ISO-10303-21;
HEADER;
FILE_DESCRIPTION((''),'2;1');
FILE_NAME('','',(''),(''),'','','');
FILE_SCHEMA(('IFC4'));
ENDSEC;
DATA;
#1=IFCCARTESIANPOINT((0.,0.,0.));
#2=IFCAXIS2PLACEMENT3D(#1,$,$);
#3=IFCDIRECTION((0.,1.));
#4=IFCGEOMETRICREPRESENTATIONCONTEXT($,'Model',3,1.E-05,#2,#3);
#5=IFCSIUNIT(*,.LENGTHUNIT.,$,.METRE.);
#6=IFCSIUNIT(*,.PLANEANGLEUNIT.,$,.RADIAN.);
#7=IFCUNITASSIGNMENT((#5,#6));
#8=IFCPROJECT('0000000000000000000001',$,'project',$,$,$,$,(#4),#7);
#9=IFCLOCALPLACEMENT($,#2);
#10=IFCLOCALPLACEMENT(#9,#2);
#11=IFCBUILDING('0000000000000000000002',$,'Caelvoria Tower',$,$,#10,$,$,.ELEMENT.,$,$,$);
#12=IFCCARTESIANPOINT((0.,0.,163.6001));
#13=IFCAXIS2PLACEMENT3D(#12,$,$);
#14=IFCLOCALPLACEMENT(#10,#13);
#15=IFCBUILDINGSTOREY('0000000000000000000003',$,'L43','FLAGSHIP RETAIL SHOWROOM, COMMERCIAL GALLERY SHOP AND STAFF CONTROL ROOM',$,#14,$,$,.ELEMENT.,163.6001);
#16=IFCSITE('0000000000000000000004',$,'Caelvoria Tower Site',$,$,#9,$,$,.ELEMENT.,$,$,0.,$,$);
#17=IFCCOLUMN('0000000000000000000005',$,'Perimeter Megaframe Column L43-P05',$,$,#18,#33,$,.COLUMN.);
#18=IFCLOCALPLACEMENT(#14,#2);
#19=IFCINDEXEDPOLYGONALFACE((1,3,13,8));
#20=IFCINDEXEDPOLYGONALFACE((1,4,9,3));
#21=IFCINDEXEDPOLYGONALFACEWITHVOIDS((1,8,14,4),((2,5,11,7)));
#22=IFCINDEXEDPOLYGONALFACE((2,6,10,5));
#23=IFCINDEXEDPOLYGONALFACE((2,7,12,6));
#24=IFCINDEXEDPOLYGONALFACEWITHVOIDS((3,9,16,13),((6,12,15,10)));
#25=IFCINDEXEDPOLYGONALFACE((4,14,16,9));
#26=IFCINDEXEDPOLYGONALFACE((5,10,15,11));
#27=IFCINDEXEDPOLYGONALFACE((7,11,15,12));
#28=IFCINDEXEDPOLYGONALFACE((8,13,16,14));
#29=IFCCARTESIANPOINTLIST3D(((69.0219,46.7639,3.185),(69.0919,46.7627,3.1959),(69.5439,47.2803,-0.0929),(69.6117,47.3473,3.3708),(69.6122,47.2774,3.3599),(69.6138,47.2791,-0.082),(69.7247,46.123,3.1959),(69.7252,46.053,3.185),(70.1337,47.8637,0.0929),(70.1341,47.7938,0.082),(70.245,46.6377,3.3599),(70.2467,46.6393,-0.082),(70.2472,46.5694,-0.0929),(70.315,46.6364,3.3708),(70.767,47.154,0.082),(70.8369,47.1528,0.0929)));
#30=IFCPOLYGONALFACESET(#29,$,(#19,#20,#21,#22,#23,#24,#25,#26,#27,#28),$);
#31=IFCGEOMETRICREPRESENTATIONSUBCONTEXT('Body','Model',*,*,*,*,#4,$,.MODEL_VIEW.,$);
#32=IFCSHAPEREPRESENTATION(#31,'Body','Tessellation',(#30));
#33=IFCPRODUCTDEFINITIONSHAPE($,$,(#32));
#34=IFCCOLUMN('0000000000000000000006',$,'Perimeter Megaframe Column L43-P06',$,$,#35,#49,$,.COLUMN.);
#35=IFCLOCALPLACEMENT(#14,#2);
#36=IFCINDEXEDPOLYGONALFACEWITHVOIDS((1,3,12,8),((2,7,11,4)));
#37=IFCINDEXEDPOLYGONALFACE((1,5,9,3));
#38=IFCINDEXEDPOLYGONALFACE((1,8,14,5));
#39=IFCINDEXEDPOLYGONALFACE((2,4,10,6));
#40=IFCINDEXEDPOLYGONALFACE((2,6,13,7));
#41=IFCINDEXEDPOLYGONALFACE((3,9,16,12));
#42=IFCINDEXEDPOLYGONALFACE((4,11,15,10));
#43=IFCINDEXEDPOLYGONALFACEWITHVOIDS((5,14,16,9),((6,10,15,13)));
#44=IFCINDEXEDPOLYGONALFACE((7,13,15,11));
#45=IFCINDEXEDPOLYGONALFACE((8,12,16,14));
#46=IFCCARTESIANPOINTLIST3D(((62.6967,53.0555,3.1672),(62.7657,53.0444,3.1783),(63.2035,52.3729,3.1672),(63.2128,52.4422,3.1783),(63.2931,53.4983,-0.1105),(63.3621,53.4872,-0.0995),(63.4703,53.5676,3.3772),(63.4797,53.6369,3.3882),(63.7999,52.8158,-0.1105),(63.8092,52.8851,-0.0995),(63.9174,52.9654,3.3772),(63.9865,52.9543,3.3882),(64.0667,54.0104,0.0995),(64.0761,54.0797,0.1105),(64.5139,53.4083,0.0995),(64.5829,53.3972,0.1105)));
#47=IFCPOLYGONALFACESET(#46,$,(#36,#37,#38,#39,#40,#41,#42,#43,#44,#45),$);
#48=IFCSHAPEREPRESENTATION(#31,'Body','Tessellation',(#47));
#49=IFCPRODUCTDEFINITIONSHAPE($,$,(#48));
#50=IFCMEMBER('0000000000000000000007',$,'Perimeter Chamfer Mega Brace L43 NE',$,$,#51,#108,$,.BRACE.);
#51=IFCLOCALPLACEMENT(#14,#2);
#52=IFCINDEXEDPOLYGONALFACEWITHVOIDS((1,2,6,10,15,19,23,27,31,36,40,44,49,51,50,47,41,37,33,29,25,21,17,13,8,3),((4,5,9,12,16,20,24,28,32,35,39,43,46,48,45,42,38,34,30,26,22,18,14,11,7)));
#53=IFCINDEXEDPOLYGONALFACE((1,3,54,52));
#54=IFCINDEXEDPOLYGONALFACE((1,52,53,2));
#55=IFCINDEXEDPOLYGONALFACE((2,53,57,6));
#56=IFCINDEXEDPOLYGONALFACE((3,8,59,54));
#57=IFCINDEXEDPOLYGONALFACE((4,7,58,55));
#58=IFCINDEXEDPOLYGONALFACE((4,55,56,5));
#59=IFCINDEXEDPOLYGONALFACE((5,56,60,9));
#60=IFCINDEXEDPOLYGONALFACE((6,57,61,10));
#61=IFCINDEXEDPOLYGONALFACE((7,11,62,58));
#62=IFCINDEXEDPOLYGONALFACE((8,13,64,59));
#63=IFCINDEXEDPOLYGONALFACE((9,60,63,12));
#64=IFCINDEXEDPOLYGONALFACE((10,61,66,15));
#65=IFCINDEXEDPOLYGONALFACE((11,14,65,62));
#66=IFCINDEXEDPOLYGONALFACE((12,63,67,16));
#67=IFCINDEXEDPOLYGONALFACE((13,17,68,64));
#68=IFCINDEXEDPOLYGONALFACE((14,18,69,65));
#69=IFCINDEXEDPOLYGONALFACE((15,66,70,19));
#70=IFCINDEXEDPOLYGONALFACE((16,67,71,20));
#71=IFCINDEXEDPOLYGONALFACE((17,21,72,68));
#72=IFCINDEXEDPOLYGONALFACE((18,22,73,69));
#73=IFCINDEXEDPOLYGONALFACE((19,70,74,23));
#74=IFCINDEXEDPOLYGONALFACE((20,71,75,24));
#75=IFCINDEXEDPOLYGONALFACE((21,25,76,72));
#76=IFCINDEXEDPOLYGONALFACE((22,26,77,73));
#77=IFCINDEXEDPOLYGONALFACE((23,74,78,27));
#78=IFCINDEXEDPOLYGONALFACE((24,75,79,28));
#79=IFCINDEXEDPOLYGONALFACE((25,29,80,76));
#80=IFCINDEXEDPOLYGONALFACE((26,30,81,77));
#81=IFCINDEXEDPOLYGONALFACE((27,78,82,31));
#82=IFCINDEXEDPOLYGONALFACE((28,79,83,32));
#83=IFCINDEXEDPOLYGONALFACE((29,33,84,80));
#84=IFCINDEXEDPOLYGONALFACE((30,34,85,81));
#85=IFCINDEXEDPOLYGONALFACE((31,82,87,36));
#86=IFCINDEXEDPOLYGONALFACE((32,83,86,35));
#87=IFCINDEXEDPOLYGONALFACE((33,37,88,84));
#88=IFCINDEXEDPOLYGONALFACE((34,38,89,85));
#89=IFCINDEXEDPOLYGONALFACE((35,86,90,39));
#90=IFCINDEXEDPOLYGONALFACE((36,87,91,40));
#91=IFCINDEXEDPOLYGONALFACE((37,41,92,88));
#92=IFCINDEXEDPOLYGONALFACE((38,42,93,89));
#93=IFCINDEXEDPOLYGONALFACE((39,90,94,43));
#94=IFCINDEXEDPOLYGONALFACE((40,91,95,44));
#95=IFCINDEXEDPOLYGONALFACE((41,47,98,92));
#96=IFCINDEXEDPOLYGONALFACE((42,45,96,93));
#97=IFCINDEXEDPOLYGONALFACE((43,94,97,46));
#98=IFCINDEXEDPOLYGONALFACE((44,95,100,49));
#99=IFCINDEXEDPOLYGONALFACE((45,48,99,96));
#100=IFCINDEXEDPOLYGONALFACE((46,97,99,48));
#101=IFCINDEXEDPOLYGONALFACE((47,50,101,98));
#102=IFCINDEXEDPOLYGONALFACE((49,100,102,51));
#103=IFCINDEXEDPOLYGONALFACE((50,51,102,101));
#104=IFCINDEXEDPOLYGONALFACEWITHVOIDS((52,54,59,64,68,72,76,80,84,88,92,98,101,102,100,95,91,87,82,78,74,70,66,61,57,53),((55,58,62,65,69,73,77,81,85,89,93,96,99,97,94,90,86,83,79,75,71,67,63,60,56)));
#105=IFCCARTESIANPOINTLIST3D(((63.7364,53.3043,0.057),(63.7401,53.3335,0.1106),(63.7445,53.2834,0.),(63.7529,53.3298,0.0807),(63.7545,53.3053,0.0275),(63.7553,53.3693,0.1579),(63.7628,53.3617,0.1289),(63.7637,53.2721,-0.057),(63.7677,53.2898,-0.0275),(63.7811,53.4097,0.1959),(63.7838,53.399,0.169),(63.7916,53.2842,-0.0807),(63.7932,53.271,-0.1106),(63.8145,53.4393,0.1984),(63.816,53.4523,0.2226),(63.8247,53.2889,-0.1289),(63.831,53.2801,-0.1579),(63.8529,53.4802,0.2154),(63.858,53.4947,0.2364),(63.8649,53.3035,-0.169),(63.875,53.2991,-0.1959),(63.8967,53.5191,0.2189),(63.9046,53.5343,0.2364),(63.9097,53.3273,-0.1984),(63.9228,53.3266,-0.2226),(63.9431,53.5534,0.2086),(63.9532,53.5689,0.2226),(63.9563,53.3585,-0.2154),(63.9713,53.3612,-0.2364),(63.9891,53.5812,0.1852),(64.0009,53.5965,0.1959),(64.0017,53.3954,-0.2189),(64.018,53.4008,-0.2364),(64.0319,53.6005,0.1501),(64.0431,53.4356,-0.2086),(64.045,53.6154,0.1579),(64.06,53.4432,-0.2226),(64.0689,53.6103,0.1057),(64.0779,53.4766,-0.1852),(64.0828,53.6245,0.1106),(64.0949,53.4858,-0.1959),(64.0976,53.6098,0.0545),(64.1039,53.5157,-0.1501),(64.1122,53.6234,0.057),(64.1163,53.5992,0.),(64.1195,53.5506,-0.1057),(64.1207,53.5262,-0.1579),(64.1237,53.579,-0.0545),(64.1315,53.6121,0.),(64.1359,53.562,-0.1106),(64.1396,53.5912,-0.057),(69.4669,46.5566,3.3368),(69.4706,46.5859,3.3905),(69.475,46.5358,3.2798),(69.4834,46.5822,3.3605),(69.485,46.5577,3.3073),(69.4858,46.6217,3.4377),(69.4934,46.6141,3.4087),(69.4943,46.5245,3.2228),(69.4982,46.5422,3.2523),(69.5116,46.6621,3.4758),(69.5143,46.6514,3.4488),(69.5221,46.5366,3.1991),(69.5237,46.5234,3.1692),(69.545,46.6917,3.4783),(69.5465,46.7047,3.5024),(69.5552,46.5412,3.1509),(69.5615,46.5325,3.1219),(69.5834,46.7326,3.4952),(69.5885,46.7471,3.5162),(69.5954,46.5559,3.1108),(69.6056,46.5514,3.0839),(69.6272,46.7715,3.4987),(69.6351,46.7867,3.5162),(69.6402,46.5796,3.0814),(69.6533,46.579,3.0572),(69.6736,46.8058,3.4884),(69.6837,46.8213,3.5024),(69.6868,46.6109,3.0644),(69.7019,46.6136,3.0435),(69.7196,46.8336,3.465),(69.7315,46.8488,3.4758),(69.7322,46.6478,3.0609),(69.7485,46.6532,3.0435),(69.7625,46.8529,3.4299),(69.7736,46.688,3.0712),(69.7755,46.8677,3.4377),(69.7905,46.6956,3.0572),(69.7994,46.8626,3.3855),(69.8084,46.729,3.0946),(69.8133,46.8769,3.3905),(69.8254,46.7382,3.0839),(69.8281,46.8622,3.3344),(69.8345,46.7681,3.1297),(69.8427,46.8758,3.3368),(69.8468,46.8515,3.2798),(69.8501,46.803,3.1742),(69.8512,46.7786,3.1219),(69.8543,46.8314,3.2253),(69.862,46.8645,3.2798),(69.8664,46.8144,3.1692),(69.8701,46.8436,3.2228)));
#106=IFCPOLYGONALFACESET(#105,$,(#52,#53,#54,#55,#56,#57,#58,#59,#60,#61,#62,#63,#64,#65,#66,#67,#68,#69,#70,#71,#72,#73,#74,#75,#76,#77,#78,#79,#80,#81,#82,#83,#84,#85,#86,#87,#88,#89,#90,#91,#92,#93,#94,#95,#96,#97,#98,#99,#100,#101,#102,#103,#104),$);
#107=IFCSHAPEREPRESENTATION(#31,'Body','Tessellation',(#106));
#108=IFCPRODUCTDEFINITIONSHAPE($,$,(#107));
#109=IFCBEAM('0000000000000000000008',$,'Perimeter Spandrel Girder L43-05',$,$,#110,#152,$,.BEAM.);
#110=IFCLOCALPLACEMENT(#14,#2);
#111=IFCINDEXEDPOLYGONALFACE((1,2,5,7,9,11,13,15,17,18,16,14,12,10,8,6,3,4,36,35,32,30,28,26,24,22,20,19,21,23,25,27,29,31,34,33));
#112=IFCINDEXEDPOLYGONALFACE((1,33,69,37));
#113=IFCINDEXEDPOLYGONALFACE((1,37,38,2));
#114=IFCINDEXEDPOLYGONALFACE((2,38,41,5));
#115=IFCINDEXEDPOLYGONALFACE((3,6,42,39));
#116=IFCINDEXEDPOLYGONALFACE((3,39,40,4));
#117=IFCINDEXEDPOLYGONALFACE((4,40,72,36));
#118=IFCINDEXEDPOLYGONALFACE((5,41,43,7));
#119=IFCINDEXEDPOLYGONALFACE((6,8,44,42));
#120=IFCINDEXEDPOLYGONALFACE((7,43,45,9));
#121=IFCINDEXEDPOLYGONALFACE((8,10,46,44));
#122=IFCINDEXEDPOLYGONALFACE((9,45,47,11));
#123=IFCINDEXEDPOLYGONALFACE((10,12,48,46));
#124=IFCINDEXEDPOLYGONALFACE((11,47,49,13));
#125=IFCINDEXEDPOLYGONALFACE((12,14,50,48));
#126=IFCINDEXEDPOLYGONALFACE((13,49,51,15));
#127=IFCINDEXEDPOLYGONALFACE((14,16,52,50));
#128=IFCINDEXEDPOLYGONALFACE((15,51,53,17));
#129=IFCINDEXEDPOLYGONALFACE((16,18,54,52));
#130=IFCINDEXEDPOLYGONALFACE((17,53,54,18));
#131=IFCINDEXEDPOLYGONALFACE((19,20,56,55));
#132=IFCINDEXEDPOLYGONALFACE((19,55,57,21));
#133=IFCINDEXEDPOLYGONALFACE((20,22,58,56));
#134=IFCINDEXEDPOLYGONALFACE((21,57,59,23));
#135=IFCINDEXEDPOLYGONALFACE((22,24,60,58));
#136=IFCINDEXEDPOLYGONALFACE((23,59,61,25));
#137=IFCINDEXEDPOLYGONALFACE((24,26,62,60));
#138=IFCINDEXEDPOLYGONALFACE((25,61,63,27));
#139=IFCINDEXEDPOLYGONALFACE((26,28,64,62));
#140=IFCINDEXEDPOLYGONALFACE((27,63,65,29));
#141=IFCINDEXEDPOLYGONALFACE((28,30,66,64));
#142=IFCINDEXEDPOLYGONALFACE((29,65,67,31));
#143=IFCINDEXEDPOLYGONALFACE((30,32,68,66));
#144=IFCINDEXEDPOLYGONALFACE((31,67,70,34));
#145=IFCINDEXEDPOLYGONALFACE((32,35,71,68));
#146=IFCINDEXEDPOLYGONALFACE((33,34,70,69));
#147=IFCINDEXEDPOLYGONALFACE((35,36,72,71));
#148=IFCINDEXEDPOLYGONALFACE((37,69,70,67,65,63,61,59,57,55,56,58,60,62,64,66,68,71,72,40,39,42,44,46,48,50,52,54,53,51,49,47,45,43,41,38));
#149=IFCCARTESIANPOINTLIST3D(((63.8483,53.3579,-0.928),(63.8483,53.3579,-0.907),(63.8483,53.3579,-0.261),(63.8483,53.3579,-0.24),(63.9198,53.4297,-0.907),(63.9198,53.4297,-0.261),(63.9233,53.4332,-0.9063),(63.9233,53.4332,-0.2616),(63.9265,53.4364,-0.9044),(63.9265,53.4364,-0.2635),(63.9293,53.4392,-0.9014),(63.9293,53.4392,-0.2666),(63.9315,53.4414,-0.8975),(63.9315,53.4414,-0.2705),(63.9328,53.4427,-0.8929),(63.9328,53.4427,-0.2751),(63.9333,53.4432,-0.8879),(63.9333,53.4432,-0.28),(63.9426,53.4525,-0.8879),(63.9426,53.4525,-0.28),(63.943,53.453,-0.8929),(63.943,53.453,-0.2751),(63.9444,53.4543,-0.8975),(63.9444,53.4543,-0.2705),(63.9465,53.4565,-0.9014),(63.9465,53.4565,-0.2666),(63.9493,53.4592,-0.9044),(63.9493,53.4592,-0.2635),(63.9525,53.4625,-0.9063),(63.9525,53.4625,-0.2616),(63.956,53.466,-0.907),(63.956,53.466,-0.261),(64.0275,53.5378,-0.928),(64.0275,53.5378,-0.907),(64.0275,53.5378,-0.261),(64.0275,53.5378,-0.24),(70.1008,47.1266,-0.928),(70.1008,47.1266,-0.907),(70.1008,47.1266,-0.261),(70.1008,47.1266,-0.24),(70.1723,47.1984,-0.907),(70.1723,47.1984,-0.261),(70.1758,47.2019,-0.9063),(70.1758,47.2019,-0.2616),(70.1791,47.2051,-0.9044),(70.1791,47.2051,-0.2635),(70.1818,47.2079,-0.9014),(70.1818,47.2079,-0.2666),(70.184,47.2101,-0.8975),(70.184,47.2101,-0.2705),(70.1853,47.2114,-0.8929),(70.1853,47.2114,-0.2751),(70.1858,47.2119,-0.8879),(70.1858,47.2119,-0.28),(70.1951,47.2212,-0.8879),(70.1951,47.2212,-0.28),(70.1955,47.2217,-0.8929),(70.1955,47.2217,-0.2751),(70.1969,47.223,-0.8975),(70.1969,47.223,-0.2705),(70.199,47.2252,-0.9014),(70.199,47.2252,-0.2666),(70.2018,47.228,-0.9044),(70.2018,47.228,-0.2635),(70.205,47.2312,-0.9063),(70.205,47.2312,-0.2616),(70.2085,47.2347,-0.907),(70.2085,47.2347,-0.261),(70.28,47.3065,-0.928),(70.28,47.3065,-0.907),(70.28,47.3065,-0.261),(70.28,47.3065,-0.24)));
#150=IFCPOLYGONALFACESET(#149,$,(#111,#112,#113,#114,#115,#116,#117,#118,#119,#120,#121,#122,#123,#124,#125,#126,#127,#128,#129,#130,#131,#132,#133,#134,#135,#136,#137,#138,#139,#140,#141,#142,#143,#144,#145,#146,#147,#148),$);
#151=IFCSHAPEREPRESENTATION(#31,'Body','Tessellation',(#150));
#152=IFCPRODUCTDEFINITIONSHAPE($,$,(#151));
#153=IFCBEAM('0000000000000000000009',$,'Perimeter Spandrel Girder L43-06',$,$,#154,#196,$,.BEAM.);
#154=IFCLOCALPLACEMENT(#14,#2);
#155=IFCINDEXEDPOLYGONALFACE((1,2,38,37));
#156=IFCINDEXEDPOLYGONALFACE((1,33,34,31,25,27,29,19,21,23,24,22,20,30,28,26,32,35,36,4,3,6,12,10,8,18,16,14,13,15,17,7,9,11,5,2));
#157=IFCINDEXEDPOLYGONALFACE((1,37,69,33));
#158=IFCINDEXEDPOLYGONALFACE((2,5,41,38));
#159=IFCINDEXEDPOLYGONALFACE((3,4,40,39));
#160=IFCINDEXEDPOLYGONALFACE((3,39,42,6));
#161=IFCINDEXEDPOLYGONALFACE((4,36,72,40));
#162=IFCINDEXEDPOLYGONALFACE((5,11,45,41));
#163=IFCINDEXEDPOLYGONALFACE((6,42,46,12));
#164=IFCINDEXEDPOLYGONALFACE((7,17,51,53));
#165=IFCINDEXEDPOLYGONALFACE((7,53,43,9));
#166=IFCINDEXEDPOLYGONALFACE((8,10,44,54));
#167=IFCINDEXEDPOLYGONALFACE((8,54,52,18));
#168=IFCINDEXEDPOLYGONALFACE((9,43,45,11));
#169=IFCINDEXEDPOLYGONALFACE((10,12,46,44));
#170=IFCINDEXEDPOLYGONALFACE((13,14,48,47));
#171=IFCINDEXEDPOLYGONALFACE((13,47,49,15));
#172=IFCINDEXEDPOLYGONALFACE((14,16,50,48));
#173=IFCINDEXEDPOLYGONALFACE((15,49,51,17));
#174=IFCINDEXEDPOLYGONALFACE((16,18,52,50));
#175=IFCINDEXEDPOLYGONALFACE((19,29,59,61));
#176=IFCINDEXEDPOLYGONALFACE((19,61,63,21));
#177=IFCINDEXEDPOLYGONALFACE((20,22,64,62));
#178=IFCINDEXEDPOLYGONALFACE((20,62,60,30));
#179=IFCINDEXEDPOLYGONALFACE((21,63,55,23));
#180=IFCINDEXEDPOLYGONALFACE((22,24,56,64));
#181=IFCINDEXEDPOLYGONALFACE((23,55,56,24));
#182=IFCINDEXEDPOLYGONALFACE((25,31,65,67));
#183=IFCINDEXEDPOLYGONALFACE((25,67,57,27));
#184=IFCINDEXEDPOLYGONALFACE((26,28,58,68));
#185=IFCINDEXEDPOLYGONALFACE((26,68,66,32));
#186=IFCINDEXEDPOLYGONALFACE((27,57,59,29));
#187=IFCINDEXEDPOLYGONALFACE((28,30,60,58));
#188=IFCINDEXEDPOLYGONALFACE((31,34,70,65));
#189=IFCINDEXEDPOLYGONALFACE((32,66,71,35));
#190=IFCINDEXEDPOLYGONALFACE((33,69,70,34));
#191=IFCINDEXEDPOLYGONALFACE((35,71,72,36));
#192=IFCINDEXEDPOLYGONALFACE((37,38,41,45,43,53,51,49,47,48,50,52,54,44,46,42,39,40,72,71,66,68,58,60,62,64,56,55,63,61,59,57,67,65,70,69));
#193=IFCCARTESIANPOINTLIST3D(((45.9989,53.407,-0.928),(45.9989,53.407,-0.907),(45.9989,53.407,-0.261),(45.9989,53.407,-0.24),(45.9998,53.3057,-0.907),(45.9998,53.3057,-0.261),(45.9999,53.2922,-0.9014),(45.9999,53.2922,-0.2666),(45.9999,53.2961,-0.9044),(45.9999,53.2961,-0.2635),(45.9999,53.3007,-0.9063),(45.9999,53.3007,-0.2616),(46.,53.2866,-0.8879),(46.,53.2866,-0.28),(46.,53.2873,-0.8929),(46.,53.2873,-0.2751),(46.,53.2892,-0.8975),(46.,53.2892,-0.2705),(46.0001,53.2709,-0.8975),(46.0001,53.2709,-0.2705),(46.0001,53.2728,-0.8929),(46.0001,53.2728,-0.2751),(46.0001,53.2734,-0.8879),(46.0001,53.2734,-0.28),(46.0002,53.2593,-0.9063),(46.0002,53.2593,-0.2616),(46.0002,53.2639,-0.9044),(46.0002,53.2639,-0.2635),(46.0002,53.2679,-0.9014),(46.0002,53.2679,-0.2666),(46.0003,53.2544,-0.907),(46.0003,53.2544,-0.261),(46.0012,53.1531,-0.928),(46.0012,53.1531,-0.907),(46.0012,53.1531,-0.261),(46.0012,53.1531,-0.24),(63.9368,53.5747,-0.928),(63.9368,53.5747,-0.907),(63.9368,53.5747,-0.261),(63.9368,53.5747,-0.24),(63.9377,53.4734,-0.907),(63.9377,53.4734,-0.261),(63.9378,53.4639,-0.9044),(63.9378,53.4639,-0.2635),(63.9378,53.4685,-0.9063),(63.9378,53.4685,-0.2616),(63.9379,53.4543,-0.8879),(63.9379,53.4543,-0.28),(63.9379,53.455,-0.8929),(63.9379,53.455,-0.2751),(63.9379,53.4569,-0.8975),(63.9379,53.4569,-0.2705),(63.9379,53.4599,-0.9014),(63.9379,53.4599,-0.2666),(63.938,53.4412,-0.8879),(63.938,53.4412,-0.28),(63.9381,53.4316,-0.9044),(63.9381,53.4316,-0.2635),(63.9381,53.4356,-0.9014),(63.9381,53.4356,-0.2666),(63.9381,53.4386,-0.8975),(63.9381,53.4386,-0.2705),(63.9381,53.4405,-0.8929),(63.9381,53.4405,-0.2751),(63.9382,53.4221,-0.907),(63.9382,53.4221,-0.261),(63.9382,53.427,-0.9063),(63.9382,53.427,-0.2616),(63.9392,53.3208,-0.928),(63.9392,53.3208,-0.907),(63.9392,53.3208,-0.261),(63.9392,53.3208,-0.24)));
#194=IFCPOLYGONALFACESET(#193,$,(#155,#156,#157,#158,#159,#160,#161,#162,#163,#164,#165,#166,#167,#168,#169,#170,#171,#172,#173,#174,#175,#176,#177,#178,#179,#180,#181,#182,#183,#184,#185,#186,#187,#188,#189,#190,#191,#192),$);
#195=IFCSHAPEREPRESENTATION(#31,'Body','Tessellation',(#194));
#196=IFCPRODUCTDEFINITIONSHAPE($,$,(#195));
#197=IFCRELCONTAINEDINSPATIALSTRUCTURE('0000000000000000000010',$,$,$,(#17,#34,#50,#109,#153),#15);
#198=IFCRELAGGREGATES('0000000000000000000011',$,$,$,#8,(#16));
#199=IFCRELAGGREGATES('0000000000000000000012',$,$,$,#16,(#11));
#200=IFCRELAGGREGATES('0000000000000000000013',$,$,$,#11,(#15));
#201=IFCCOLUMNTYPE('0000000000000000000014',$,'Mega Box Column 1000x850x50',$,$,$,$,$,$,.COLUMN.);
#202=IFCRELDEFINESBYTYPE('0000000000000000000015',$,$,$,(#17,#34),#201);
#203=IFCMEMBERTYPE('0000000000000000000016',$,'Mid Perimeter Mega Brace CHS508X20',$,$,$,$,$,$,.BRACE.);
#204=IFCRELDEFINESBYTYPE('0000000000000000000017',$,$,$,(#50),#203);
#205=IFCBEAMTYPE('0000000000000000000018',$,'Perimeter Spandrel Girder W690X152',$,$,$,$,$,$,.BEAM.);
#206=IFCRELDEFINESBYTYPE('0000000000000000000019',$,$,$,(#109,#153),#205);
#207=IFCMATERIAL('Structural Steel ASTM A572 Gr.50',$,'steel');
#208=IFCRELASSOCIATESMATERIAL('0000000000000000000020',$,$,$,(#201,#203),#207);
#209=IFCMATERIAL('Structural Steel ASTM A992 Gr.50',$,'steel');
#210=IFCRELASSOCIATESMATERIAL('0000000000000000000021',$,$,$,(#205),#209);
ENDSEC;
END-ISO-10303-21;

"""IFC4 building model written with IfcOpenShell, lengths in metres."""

from ifc_helpers import new_model, si_unit, direction, frame, origin, origin_2d, place, context, subcontext, project, spatial, hollow_rectangle, hollow_circle, i_section, extrude, material, material_profile, profile_set, type_object, element, save


model = new_model("IFC4")

# Units and contexts
model_context = context("Model", 3, precision=1e-05, world=origin(), true_north=direction((0.0, 1.0)))
body_context = subcontext(model_context, "Body", "Model", "MODEL_VIEW")
ifc_project = project(units=[si_unit("LENGTHUNIT", "METRE"), si_unit("PLANEANGLEUNIT", "RADIAN")], contexts=[model_context])

# Site, building, storey
site_placement = place(None, origin())
site = spatial("IfcSite", under=ifc_project, at=site_placement, Name="Caelvoria Tower Site", CompositionType="ELEMENT", RefElevation=0.0)
building_placement = place(site_placement, origin())
building = spatial("IfcBuilding", under=site, at=building_placement, Name="Caelvoria Tower", CompositionType="ELEMENT")
storey_placement = place(building_placement, frame((0.0, 0.0, 163.6001)))
storey = spatial("IfcBuildingStorey", under=building, at=storey_placement, Name="L43", Description="FLAGSHIP RETAIL SHOWROOM, COMMERCIAL GALLERY SHOP AND STAFF CONTROL ROOM", CompositionType="ELEMENT", Elevation=163.6001)

# Columns
ifc_material_1 = material(Name="Structural Steel ASTM A572 Gr.50", Category="steel")
ifc_material_profile_1 = material_profile(ifc_material_1, hollow_rectangle(XDim=0.8501, YDim=1.0, WallThickness=0.05, at=origin_2d()), Name="Structural Steel ASTM A572 Gr.50")
ifc_profile_set_1 = profile_set([ifc_material_profile_1], Name="BOX1000X850X50 - Structural Steel ASTM A572 Gr.50")
column_type = type_object("IfcColumnType", Name="Mega Box Column 1000x850x50", PredefinedType="COLUMN", material=ifc_profile_set_1)
column_1_placement = place(storey_placement, frame((70.1904, 47.2166, 0.0), z_axis=(-0.155393, -0.153721, 0.975819), x_axis=(0.69373, 0.686267, 0.218579)))
element("IfcColumn", 1, at=column_1_placement, inside=storey, type_object=column_type, Name="Perimeter Megaframe Column L43-P05", PredefinedType="COLUMN", context=body_context, shape_type="SweptSolid", body=[
    extrude(hollow_rectangle(XDim=0.8501, YDim=1.0, WallThickness=0.05, at=origin_2d()), origin(), (0.0, 0.0, 1.0), 3.3591),
])
column_2_placement = place(storey_placement, frame((63.938, 53.4478, 0.0), z_axis=(-0.17746, -0.131769, 0.975267), x_axis=(0.596155, -0.80287, 0.0)))
element("IfcColumn", 2, at=column_2_placement, inside=storey, type_object=column_type, Name="Perimeter Megaframe Column L43-P06", PredefinedType="COLUMN", context=body_context, shape_type="SweptSolid", body=[
    extrude(hollow_rectangle(XDim=0.8501, YDim=1.0, WallThickness=0.05, at=origin_2d()), origin(), (0.0, 0.0, 1.0), 3.3608),
])

# Member
ifc_material_profile_2 = material_profile(ifc_material_1, hollow_circle(Radius=0.2539, WallThickness=0.02, at=origin_2d()), Name="Structural Steel ASTM A572 Gr.50")
ifc_profile_set_2 = profile_set([ifc_material_profile_2], Name="CHS508X20 - Structural Steel ASTM A572 Gr.50")
member_type = type_object("IfcMemberType", Name="Mid Perimeter Mega Brace CHS508X20", PredefinedType="BRACE", material=ifc_profile_set_2)
member_placement = place(storey_placement, frame((63.938, 53.4478, 0.0), z_axis=(0.607003, -0.714739, 0.347413), x_axis=(0.762216, 0.647323, 0.0)))
element("IfcMember", 3, at=member_placement, inside=storey, type_object=member_type, Name="Perimeter Chamfer Mega Brace L43 NE", PredefinedType="BRACE", context=body_context, shape_type="SweptSolid", body=[
    extrude(hollow_circle(Radius=0.2539, WallThickness=0.02, at=origin_2d()), origin(), (0.0, 0.0, 1.0), 9.4407),
])

# Beams
ifc_material_2 = material(Name="Structural Steel ASTM A992 Gr.50", Category="steel")
ifc_material_profile_3 = material_profile(ifc_material_2, i_section(OverallWidth=0.2539, OverallDepth=0.688, WebThickness=0.0132, FlangeThickness=0.021, FilletRadius=0.019, at=origin_2d()), Name="Structural Steel ASTM A992 Gr.50")
ifc_profile_set_3 = profile_set([ifc_material_profile_3], Name="W690X152 - Structural Steel ASTM A992 Gr.50")
beam_type_1 = type_object("IfcBeamType", Name="Perimeter Spandrel Girder W690X152", PredefinedType="BEAM", material=ifc_profile_set_3)
beam_1_placement = place(storey_placement, frame((70.1904, 47.2166, -0.584), z_axis=(-0.708309, 0.705903, 0.0), x_axis=(-0.705903, -0.708309, 0.0)))
element("IfcBeam", 4, at=beam_1_placement, inside=storey, type_object=beam_type_1, Name="Perimeter Spandrel Girder L43-05", PredefinedType="BEAM", context=body_context, shape_type="SweptSolid", body=[
    extrude(i_section(OverallWidth=0.2539, OverallDepth=0.688, WebThickness=0.0132, FlangeThickness=0.021, FilletRadius=0.019, at=origin_2d()), origin(), (0.0, 0.0, 1.0), 8.8274),
])
beam_2_placement = place(storey_placement, frame((63.938, 53.4478, -0.584), z_axis=(-0.999956, -0.00935, 0.0), x_axis=(0.00935, -0.999956, 0.0)))
element("IfcBeam", 5, at=beam_2_placement, inside=storey, type_object=beam_type_1, Name="Perimeter Spandrel Girder L43-06", PredefinedType="BEAM", context=body_context, shape_type="SweptSolid", body=[
    extrude(i_section(OverallWidth=0.2539, OverallDepth=0.688, WebThickness=0.0132, FlangeThickness=0.021, FilletRadius=0.019, at=origin_2d()), origin(), (0.0, 0.0, 1.0), 17.9387),
])

save(model, "model.ifc")
